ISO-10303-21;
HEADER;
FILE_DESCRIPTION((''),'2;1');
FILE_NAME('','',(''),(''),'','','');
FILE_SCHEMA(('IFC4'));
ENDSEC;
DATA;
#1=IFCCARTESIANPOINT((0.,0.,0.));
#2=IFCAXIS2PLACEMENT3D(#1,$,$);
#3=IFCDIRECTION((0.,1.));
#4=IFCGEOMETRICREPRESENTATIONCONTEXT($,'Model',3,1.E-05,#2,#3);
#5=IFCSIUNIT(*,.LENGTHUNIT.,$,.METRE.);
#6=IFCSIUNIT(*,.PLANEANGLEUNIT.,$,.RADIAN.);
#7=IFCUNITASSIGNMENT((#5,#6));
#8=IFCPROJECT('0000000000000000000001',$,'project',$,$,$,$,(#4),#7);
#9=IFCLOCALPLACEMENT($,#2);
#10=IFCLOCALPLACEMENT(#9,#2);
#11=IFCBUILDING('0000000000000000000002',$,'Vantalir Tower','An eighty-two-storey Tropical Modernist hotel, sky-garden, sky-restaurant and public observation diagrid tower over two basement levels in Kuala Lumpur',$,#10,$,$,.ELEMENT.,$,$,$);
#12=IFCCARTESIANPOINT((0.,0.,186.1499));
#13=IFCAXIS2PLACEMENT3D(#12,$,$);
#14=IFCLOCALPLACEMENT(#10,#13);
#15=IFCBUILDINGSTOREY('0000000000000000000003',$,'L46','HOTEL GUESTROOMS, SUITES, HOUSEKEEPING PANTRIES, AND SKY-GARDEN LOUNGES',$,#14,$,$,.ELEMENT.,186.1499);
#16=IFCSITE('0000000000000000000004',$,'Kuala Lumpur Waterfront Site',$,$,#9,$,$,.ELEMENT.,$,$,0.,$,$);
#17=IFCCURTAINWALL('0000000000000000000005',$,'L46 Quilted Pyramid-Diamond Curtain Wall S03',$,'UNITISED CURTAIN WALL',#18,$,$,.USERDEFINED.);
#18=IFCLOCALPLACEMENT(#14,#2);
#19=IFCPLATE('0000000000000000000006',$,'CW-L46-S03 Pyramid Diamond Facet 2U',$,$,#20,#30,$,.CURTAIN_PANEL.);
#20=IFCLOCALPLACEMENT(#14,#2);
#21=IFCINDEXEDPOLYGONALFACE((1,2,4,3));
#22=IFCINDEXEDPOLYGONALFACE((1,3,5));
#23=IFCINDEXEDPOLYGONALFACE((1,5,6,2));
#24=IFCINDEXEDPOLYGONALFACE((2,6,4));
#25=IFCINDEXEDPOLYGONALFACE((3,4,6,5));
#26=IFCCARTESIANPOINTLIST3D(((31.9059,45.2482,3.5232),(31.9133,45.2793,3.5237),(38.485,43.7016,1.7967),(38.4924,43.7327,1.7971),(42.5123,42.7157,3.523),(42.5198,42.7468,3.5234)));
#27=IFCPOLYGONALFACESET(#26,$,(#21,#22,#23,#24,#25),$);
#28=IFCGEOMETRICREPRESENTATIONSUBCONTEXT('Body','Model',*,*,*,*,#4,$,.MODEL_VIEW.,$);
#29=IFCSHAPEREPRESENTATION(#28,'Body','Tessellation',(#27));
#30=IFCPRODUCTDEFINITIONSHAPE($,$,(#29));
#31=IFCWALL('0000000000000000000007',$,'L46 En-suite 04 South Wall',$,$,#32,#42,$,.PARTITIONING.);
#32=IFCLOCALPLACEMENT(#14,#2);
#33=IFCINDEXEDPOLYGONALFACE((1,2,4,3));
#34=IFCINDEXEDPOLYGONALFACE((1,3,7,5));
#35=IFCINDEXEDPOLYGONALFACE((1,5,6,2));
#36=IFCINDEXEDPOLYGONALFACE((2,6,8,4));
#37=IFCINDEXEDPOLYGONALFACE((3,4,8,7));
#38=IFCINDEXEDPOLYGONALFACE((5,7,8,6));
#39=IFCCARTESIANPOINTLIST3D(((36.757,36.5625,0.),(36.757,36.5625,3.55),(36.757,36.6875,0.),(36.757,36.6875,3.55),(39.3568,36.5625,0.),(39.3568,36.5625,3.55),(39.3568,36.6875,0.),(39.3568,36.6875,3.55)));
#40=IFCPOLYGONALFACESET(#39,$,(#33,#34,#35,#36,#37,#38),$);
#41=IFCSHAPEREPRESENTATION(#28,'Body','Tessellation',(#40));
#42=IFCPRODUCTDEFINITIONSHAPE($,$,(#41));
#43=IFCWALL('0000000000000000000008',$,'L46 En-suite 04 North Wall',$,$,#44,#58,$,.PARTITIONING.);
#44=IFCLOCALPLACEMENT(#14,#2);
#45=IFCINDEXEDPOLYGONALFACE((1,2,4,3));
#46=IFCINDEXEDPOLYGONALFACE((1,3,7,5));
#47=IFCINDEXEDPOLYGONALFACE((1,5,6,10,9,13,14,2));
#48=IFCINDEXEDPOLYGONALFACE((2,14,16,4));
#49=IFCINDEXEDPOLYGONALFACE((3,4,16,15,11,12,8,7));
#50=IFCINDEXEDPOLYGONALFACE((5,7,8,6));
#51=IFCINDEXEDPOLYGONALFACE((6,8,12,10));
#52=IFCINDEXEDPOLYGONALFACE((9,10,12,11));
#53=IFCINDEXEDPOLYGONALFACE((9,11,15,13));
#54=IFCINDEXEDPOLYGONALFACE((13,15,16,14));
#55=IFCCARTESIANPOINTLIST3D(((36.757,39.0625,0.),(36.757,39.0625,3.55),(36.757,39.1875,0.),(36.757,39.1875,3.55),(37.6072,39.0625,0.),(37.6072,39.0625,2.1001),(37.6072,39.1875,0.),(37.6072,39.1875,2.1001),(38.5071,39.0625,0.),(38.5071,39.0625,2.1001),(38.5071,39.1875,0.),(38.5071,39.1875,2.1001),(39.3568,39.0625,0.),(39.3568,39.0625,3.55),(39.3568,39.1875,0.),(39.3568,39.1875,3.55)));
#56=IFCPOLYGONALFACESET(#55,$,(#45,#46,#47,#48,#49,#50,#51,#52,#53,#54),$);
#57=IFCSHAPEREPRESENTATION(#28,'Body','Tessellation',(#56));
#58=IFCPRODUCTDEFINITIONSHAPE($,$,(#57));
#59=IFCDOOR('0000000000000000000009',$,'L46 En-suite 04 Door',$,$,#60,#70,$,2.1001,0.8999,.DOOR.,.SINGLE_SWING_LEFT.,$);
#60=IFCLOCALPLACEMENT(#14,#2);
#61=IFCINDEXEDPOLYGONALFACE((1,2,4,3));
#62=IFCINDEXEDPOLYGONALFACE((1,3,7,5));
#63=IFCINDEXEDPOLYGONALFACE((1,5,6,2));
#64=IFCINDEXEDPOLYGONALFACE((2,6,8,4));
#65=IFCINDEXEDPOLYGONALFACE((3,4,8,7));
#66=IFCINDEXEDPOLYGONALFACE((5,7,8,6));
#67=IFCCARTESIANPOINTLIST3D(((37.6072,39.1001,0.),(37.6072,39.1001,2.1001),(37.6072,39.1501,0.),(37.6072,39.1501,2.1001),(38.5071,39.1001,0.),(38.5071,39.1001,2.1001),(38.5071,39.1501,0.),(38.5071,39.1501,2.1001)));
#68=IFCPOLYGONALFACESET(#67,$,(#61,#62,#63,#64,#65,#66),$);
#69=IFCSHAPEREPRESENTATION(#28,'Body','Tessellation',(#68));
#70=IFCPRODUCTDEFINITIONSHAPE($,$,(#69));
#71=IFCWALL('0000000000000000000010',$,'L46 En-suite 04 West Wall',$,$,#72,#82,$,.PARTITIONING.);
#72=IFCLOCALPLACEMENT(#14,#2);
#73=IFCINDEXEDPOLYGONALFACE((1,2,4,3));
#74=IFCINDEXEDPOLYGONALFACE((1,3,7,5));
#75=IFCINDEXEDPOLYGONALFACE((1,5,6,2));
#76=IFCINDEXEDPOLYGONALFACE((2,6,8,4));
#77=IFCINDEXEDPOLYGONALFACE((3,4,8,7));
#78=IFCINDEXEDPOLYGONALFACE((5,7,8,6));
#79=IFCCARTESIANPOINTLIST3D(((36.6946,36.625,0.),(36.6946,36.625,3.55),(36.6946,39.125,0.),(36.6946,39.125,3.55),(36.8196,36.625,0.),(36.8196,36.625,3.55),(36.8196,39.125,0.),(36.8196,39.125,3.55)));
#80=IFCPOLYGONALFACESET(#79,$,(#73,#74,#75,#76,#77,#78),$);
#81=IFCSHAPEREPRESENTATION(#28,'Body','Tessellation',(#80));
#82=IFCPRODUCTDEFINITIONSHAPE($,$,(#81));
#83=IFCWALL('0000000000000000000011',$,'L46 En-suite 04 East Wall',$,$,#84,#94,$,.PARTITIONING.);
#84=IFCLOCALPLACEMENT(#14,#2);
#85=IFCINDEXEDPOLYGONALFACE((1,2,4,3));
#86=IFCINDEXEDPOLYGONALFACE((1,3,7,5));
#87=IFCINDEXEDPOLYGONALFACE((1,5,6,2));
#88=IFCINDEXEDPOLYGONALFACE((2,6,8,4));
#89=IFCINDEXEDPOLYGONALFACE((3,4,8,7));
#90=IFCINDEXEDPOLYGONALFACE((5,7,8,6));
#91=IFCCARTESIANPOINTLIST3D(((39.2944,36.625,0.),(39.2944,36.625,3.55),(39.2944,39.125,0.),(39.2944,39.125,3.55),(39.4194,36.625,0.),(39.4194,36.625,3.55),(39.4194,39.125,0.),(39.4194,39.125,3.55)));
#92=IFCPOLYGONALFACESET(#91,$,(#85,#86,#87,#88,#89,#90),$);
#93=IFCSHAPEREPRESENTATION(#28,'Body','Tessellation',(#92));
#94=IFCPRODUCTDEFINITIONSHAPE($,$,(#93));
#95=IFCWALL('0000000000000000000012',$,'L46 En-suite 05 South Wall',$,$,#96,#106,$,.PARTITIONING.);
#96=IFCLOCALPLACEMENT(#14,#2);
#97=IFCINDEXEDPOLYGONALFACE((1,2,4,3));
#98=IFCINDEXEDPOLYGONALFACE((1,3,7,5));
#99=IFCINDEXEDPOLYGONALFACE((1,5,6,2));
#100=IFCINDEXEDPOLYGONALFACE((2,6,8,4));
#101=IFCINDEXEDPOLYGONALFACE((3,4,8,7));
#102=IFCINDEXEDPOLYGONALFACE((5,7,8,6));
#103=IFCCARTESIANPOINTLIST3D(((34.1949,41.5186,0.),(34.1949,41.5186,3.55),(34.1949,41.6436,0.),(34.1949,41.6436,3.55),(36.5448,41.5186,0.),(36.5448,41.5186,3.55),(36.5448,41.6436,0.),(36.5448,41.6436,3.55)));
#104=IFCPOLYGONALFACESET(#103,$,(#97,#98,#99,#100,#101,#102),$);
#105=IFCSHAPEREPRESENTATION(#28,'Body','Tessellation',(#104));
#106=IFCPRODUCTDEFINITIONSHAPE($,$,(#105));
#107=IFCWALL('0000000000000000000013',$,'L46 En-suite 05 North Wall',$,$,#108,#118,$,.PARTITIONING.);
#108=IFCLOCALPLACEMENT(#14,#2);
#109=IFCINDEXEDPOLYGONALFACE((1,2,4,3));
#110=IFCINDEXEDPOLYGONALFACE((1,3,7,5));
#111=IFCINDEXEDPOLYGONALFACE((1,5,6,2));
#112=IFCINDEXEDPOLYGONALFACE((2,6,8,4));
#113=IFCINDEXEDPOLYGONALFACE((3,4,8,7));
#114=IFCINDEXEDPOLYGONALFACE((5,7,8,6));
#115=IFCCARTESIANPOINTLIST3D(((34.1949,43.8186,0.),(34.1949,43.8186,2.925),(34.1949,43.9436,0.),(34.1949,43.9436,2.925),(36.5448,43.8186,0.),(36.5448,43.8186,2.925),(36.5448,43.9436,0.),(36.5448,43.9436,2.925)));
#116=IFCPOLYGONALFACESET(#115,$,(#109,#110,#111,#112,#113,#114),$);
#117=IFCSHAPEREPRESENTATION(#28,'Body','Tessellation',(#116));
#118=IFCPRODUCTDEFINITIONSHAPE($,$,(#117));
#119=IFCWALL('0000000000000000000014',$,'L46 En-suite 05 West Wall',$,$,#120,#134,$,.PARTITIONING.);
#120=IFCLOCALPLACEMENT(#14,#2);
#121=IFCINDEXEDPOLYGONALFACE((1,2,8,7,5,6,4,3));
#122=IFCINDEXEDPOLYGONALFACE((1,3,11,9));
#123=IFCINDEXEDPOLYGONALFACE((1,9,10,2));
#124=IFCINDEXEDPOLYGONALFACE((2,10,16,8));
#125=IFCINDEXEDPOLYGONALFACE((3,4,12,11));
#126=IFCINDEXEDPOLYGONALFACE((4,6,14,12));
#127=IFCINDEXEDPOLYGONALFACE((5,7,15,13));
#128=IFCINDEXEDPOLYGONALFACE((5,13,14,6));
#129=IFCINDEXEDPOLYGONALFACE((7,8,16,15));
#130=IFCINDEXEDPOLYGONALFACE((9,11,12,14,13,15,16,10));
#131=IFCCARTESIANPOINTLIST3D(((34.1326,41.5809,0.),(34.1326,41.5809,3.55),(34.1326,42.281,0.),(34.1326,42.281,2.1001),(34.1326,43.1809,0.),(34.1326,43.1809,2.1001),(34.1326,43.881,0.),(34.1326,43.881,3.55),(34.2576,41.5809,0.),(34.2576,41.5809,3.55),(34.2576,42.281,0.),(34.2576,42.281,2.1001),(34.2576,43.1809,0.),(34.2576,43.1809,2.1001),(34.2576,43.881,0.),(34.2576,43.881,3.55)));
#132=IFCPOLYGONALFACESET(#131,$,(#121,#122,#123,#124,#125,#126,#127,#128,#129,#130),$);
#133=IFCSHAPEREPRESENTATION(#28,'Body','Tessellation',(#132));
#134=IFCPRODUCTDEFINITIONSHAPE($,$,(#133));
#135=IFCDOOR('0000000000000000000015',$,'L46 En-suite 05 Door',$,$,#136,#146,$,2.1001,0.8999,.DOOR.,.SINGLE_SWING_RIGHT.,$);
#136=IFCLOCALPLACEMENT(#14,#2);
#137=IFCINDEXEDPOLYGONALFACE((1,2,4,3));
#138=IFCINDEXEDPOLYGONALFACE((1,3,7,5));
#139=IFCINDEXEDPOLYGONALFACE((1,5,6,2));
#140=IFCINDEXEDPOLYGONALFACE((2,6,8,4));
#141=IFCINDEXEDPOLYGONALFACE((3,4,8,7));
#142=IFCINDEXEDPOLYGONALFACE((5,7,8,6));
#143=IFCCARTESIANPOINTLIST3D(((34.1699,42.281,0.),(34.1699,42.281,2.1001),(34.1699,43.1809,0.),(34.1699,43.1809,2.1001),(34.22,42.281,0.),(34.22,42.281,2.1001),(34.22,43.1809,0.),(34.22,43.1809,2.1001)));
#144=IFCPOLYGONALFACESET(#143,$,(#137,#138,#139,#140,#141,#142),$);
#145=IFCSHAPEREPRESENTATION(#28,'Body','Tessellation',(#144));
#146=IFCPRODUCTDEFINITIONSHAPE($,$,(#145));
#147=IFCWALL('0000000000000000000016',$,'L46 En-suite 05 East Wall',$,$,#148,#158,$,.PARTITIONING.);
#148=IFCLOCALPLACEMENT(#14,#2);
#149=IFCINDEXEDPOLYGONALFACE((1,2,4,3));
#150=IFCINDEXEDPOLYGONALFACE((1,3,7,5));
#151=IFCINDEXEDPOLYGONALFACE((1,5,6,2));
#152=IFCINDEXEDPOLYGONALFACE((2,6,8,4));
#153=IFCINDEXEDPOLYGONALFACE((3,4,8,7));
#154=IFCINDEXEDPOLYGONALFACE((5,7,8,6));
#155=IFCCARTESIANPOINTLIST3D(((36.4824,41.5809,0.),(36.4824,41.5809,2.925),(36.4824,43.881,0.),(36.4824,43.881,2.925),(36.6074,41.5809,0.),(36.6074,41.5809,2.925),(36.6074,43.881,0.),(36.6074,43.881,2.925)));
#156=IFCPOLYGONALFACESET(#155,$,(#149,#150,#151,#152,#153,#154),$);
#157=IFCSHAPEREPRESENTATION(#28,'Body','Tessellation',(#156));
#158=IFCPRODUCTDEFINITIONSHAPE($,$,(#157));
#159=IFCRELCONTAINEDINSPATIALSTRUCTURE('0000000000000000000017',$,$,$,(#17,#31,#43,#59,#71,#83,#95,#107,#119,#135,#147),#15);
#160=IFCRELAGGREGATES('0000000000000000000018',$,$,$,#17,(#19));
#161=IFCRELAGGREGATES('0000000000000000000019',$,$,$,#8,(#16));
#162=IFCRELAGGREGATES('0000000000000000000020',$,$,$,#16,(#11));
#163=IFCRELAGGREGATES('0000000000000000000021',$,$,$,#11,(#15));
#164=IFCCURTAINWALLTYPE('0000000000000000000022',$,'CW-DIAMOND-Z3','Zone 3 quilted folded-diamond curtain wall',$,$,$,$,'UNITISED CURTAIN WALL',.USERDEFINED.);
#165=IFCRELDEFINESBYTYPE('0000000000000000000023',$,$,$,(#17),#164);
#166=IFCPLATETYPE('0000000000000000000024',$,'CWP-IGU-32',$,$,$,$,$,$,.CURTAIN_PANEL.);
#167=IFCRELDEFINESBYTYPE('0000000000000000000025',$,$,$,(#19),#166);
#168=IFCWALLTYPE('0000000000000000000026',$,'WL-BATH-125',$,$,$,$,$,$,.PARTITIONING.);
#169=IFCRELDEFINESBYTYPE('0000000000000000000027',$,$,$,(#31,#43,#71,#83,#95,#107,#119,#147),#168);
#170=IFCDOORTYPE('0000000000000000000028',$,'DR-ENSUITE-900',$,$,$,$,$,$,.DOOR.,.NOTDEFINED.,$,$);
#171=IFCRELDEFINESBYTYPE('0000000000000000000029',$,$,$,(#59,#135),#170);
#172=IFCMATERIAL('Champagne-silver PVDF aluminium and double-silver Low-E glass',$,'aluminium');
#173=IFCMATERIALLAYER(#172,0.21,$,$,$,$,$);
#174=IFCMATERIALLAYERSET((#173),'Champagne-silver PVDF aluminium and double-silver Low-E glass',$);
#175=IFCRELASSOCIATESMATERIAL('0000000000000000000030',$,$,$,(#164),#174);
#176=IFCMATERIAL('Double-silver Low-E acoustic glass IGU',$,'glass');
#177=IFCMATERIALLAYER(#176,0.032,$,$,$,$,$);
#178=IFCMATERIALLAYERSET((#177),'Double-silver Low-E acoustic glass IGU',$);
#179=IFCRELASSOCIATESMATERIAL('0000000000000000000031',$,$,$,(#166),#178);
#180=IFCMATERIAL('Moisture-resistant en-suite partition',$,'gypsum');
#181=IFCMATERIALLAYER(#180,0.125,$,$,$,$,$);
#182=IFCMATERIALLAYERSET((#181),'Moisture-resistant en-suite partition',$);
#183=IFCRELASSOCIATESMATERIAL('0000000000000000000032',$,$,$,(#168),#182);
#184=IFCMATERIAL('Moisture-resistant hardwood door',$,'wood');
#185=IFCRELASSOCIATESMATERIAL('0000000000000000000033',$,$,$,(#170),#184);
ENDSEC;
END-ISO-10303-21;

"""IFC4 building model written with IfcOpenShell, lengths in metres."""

from ifc_helpers import new_model, si_unit, direction, frame, frame_2d, origin, place, context, subcontext, project, spatial, polyline, rectangle, outline, extrude, material, layer, layer_set, type_object, element, fill, aggregate, save


model = new_model("IFC4")

# Units and contexts
model_context = context("Model", 3, precision=1e-05, world=origin(), true_north=direction((0.0, 1.0)))
body_context = subcontext(model_context, "Body", "Model", "MODEL_VIEW")
ifc_project = project(units=[si_unit("LENGTHUNIT", "METRE"), si_unit("PLANEANGLEUNIT", "RADIAN")], contexts=[model_context])

# Site, building, storey
site_placement = place(None, origin())
site = spatial("IfcSite", under=ifc_project, at=site_placement, Name="Kuala Lumpur Waterfront Site", CompositionType="ELEMENT", RefElevation=0.0)
building_placement = place(site_placement, origin())
building = spatial("IfcBuilding", under=site, at=building_placement, Name="Vantalir Tower", Description="An eighty-two-storey Tropical Modernist hotel, sky-garden, sky-restaurant and public observation diagrid tower over two basement levels in Kuala Lumpur", CompositionType="ELEMENT")
storey_placement = place(building_placement, frame((0.0, 0.0, 186.1499)))
storey = spatial("IfcBuildingStorey", under=building, at=storey_placement, Name="L46", Description="HOTEL GUESTROOMS, SUITES, HOUSEKEEPING PANTRIES, AND SKY-GARDEN LOUNGES", CompositionType="ELEMENT", Elevation=186.1499)

# Curtain wall, plate
ifc_material_1 = material(Name="Champagne-silver PVDF aluminium and double-silver Low-E glass", Category="aluminium")
ifc_layer_1 = layer(ifc_material_1, 0.21)
ifc_layer_set_1 = layer_set([ifc_layer_1], Name="Champagne-silver PVDF aluminium and double-silver Low-E glass")
curtain_wall_type = type_object("IfcCurtainWallType", Name="CW-DIAMOND-Z3", Description="Zone 3 quilted folded-diamond curtain wall", ElementType="UNITISED CURTAIN WALL", PredefinedType="USERDEFINED", material=ifc_layer_set_1)
curtain_wall_placement = place(storey_placement, origin())
curtain_wall = element("IfcCurtainWall", 1, at=curtain_wall_placement, inside=storey, type_object=curtain_wall_type, Name="L46 Quilted Pyramid-Diamond Curtain Wall S03", ObjectType="UNITISED CURTAIN WALL", PredefinedType="USERDEFINED")
ifc_material_2 = material(Name="Double-silver Low-E acoustic glass IGU", Category="glass")
ifc_layer_2 = layer(ifc_material_2, 0.032)
ifc_layer_set_2 = layer_set([ifc_layer_2], Name="Double-silver Low-E acoustic glass IGU")
plate_type = type_object("IfcPlateType", Name="CWP-IGU-32", PredefinedType="CURTAIN_PANEL", material=ifc_layer_set_2)
plate_1_placement = place(storey_placement, frame((31.9133, 45.2793, 3.5237), z_axis=(0.232218, 0.972568, 0.013657), x_axis=(0.972659, -0.232239, -0.000022)))
plate_1 = element("IfcPlate", 2, at=plate_1_placement, type_object=plate_type, Name="CW-L46-S03 Pyramid Diamond Facet 2U", PredefinedType="CURTAIN_PANEL", context=body_context, shape_type="SweptSolid", body=[
    extrude(outline(polyline([(0.0, 0.0), (10.9046, 0.0), (6.7584, 1.7266), (0.0, 0.0)])), origin(), (0.0, 0.0, -1.0), 0.032),
])
aggregate(curtain_wall, [plate_1])

# Wall
ifc_material_3 = material(Name="Moisture-resistant en-suite partition", Category="gypsum")
ifc_layer_3 = layer(ifc_material_3, 0.125)
ifc_layer_set_3 = layer_set([ifc_layer_3], Name="Moisture-resistant en-suite partition")
wall_type_1 = type_object("IfcWallType", Name="WL-BATH-125", PredefinedType="PARTITIONING", material=ifc_layer_set_3)
wall_1_placement = place(storey_placement, frame((36.7571, 36.625, 0.0), z_axis=(0.0, 0.0, 1.0), x_axis=(1.0, 0.0, 0.0)))
element("IfcWall", 3, at=wall_1_placement, inside=storey, type_object=wall_type_1, Name="L46 En-suite 04 South Wall", PredefinedType="PARTITIONING", context=body_context, shape_type="SweptSolid", body=[
    extrude(rectangle(XDim=2.5999, YDim=0.125, at=frame_2d((1.2998, 0.0))), origin(), (0.0, 0.0, 1.0), 3.55),
])

# Wall, opening, door
wall_2_placement = place(storey_placement, frame((36.7571, 39.125, 0.0), z_axis=(0.0, 0.0, 1.0), x_axis=(1.0, 0.0, 0.0)))
wall_2 = element("IfcWall", 4, at=wall_2_placement, inside=storey, type_object=wall_type_1, Name="L46 En-suite 04 North Wall", PredefinedType="PARTITIONING", context=body_context, shape_type="SweptSolid", body=[
    extrude(rectangle(XDim=2.5999, YDim=0.125, at=frame_2d((1.2998, 0.0))), origin(), (0.0, 0.0, 1.0), 3.55),
])
opening_1_placement = place(wall_2_placement, frame((0.8501, 0.0, 0.0)))
opening_1 = element("IfcOpeningElement", 5, at=opening_1_placement, cuts=wall_2, PredefinedType="OPENING", context=body_context, shape_type="SweptSolid", body=[
    extrude(rectangle(XDim=0.8999, YDim=2.1001, at=frame_2d((0.45, 1.05))), frame((0.0, 0.0725, 0.0), z_axis=(0.0, -1.0, 0.0), x_axis=(1.0, 0.0, 0.0)), (0.0, 0.0, 1.0), 0.145),
])
ifc_material_4 = material(Name="Moisture-resistant hardwood door", Category="wood")
door_type_1 = type_object("IfcDoorType", Name="DR-ENSUITE-900", OperationType="NOTDEFINED", PredefinedType="DOOR", material=ifc_material_4)
door_1_placement = place(opening_1_placement, frame((0.8999, 0.0, 0.0), z_axis=(0.0, 0.0, 1.0), x_axis=(-1.0, 0.0, 0.0)))
door_1 = element("IfcDoor", 6, at=door_1_placement, inside=storey, type_object=door_type_1, Name="L46 En-suite 04 Door", OperationType="SINGLE_SWING_LEFT", OverallHeight=2.1001, OverallWidth=0.8999, PredefinedType="DOOR", context=body_context, shape_type="SweptSolid", body=[
    extrude(rectangle(XDim=0.8999, YDim=2.1001, at=frame_2d((0.45, 1.05))), frame((0.0, 0.0249, 0.0), z_axis=(0.0, -1.0, 0.0), x_axis=(1.0, 0.0, 0.0)), (0.0, 0.0, 1.0), 0.05),
])
fill(opening_1, door_1)

# Walls
for number, where, z_axis, x_axis, name in (
    (7, (36.7571, 36.625, 0.0), (0.0, 0.0, 1.0), (0.0, 1.0, 0.0), "L46 En-suite 04 West Wall"),
    (8, (39.3569, 36.625, 0.0), (0.0, 0.0, 1.0), (0.0, 1.0, 0.0), "L46 En-suite 04 East Wall"),
):
    element("IfcWall", number, at=place(storey_placement, frame(where, z_axis=z_axis, x_axis=x_axis)), inside=storey, type_object=wall_type_1, Name=name, PredefinedType="PARTITIONING", context=body_context, shape_type="SweptSolid", body=[
        extrude(rectangle(XDim=2.5, YDim=0.125, at=frame_2d((1.25, 0.0))), origin(), (0.0, 0.0, 1.0), 3.55),
    ])
wall_3_placement = place(storey_placement, frame((34.1951, 41.5811, 0.0), z_axis=(0.0, 0.0, 1.0), x_axis=(1.0, 0.0, 0.0)))
element("IfcWall", 9, at=wall_3_placement, inside=storey, type_object=wall_type_1, Name="L46 En-suite 05 South Wall", PredefinedType="PARTITIONING", context=body_context, shape_type="SweptSolid", body=[
    extrude(rectangle(XDim=2.3499, YDim=0.125, at=frame_2d((1.1748, 0.0))), origin(), (0.0, 0.0, 1.0), 3.55),
])
wall_4_placement = place(storey_placement, frame((34.1951, 43.8811, 0.0), z_axis=(0.0, 0.0, 1.0), x_axis=(1.0, 0.0, 0.0)))
element("IfcWall", 10, at=wall_4_placement, inside=storey, type_object=wall_type_1, Name="L46 En-suite 05 North Wall", PredefinedType="PARTITIONING", context=body_context, shape_type="SweptSolid", body=[
    extrude(rectangle(XDim=2.3499, YDim=0.125, at=frame_2d((1.1748, 0.0))), origin(), (0.0, 0.0, 1.0), 2.925),
])

# Wall, opening, door
wall_5_placement = place(storey_placement, frame((34.1951, 41.5811, 0.0), z_axis=(0.0, 0.0, 1.0), x_axis=(0.0, 1.0, 0.0)))
wall_5 = element("IfcWall", 11, at=wall_5_placement, inside=storey, type_object=wall_type_1, Name="L46 En-suite 05 West Wall", PredefinedType="PARTITIONING", context=body_context, shape_type="SweptSolid", body=[
    extrude(rectangle(XDim=2.3, YDim=0.125, at=frame_2d((1.1499, 0.0))), origin(), (0.0, 0.0, 1.0), 3.55),
])
opening_2_placement = place(wall_5_placement, frame((0.7, 0.0, 0.0)))
opening_2 = element("IfcOpeningElement", 12, at=opening_2_placement, cuts=wall_5, PredefinedType="OPENING", context=body_context, shape_type="SweptSolid", body=[
    extrude(rectangle(XDim=0.8999, YDim=2.1001, at=frame_2d((0.45, 1.05))), frame((0.0, 0.0725, 0.0), z_axis=(0.0, -1.0, 0.0), x_axis=(1.0, 0.0, 0.0)), (0.0, 0.0, 1.0), 0.145),
])
door_2_placement = place(opening_2_placement, frame((0.8999, 0.0, 0.0), z_axis=(0.0, 0.0, 1.0), x_axis=(-1.0, 0.0, 0.0)))
door_2 = element("IfcDoor", 13, at=door_2_placement, inside=storey, type_object=door_type_1, Name="L46 En-suite 05 Door", OperationType="SINGLE_SWING_RIGHT", OverallHeight=2.1001, OverallWidth=0.8999, PredefinedType="DOOR", context=body_context, shape_type="SweptSolid", body=[
    extrude(rectangle(XDim=0.8999, YDim=2.1001, at=frame_2d((0.45, 1.05))), frame((0.0, 0.0249, 0.0), z_axis=(0.0, -1.0, 0.0), x_axis=(1.0, 0.0, 0.0)), (0.0, 0.0, 1.0), 0.05),
])
fill(opening_2, door_2)

# Wall
wall_6_placement = place(storey_placement, frame((36.5449, 41.5811, 0.0), z_axis=(0.0, 0.0, 1.0), x_axis=(0.0, 1.0, 0.0)))
element("IfcWall", 14, at=wall_6_placement, inside=storey, type_object=wall_type_1, Name="L46 En-suite 05 East Wall", PredefinedType="PARTITIONING", context=body_context, shape_type="SweptSolid", body=[
    extrude(rectangle(XDim=2.3, YDim=0.125, at=frame_2d((1.1499, 0.0))), origin(), (0.0, 0.0, 1.0), 2.925),
])

save(model, "model.ifc")
